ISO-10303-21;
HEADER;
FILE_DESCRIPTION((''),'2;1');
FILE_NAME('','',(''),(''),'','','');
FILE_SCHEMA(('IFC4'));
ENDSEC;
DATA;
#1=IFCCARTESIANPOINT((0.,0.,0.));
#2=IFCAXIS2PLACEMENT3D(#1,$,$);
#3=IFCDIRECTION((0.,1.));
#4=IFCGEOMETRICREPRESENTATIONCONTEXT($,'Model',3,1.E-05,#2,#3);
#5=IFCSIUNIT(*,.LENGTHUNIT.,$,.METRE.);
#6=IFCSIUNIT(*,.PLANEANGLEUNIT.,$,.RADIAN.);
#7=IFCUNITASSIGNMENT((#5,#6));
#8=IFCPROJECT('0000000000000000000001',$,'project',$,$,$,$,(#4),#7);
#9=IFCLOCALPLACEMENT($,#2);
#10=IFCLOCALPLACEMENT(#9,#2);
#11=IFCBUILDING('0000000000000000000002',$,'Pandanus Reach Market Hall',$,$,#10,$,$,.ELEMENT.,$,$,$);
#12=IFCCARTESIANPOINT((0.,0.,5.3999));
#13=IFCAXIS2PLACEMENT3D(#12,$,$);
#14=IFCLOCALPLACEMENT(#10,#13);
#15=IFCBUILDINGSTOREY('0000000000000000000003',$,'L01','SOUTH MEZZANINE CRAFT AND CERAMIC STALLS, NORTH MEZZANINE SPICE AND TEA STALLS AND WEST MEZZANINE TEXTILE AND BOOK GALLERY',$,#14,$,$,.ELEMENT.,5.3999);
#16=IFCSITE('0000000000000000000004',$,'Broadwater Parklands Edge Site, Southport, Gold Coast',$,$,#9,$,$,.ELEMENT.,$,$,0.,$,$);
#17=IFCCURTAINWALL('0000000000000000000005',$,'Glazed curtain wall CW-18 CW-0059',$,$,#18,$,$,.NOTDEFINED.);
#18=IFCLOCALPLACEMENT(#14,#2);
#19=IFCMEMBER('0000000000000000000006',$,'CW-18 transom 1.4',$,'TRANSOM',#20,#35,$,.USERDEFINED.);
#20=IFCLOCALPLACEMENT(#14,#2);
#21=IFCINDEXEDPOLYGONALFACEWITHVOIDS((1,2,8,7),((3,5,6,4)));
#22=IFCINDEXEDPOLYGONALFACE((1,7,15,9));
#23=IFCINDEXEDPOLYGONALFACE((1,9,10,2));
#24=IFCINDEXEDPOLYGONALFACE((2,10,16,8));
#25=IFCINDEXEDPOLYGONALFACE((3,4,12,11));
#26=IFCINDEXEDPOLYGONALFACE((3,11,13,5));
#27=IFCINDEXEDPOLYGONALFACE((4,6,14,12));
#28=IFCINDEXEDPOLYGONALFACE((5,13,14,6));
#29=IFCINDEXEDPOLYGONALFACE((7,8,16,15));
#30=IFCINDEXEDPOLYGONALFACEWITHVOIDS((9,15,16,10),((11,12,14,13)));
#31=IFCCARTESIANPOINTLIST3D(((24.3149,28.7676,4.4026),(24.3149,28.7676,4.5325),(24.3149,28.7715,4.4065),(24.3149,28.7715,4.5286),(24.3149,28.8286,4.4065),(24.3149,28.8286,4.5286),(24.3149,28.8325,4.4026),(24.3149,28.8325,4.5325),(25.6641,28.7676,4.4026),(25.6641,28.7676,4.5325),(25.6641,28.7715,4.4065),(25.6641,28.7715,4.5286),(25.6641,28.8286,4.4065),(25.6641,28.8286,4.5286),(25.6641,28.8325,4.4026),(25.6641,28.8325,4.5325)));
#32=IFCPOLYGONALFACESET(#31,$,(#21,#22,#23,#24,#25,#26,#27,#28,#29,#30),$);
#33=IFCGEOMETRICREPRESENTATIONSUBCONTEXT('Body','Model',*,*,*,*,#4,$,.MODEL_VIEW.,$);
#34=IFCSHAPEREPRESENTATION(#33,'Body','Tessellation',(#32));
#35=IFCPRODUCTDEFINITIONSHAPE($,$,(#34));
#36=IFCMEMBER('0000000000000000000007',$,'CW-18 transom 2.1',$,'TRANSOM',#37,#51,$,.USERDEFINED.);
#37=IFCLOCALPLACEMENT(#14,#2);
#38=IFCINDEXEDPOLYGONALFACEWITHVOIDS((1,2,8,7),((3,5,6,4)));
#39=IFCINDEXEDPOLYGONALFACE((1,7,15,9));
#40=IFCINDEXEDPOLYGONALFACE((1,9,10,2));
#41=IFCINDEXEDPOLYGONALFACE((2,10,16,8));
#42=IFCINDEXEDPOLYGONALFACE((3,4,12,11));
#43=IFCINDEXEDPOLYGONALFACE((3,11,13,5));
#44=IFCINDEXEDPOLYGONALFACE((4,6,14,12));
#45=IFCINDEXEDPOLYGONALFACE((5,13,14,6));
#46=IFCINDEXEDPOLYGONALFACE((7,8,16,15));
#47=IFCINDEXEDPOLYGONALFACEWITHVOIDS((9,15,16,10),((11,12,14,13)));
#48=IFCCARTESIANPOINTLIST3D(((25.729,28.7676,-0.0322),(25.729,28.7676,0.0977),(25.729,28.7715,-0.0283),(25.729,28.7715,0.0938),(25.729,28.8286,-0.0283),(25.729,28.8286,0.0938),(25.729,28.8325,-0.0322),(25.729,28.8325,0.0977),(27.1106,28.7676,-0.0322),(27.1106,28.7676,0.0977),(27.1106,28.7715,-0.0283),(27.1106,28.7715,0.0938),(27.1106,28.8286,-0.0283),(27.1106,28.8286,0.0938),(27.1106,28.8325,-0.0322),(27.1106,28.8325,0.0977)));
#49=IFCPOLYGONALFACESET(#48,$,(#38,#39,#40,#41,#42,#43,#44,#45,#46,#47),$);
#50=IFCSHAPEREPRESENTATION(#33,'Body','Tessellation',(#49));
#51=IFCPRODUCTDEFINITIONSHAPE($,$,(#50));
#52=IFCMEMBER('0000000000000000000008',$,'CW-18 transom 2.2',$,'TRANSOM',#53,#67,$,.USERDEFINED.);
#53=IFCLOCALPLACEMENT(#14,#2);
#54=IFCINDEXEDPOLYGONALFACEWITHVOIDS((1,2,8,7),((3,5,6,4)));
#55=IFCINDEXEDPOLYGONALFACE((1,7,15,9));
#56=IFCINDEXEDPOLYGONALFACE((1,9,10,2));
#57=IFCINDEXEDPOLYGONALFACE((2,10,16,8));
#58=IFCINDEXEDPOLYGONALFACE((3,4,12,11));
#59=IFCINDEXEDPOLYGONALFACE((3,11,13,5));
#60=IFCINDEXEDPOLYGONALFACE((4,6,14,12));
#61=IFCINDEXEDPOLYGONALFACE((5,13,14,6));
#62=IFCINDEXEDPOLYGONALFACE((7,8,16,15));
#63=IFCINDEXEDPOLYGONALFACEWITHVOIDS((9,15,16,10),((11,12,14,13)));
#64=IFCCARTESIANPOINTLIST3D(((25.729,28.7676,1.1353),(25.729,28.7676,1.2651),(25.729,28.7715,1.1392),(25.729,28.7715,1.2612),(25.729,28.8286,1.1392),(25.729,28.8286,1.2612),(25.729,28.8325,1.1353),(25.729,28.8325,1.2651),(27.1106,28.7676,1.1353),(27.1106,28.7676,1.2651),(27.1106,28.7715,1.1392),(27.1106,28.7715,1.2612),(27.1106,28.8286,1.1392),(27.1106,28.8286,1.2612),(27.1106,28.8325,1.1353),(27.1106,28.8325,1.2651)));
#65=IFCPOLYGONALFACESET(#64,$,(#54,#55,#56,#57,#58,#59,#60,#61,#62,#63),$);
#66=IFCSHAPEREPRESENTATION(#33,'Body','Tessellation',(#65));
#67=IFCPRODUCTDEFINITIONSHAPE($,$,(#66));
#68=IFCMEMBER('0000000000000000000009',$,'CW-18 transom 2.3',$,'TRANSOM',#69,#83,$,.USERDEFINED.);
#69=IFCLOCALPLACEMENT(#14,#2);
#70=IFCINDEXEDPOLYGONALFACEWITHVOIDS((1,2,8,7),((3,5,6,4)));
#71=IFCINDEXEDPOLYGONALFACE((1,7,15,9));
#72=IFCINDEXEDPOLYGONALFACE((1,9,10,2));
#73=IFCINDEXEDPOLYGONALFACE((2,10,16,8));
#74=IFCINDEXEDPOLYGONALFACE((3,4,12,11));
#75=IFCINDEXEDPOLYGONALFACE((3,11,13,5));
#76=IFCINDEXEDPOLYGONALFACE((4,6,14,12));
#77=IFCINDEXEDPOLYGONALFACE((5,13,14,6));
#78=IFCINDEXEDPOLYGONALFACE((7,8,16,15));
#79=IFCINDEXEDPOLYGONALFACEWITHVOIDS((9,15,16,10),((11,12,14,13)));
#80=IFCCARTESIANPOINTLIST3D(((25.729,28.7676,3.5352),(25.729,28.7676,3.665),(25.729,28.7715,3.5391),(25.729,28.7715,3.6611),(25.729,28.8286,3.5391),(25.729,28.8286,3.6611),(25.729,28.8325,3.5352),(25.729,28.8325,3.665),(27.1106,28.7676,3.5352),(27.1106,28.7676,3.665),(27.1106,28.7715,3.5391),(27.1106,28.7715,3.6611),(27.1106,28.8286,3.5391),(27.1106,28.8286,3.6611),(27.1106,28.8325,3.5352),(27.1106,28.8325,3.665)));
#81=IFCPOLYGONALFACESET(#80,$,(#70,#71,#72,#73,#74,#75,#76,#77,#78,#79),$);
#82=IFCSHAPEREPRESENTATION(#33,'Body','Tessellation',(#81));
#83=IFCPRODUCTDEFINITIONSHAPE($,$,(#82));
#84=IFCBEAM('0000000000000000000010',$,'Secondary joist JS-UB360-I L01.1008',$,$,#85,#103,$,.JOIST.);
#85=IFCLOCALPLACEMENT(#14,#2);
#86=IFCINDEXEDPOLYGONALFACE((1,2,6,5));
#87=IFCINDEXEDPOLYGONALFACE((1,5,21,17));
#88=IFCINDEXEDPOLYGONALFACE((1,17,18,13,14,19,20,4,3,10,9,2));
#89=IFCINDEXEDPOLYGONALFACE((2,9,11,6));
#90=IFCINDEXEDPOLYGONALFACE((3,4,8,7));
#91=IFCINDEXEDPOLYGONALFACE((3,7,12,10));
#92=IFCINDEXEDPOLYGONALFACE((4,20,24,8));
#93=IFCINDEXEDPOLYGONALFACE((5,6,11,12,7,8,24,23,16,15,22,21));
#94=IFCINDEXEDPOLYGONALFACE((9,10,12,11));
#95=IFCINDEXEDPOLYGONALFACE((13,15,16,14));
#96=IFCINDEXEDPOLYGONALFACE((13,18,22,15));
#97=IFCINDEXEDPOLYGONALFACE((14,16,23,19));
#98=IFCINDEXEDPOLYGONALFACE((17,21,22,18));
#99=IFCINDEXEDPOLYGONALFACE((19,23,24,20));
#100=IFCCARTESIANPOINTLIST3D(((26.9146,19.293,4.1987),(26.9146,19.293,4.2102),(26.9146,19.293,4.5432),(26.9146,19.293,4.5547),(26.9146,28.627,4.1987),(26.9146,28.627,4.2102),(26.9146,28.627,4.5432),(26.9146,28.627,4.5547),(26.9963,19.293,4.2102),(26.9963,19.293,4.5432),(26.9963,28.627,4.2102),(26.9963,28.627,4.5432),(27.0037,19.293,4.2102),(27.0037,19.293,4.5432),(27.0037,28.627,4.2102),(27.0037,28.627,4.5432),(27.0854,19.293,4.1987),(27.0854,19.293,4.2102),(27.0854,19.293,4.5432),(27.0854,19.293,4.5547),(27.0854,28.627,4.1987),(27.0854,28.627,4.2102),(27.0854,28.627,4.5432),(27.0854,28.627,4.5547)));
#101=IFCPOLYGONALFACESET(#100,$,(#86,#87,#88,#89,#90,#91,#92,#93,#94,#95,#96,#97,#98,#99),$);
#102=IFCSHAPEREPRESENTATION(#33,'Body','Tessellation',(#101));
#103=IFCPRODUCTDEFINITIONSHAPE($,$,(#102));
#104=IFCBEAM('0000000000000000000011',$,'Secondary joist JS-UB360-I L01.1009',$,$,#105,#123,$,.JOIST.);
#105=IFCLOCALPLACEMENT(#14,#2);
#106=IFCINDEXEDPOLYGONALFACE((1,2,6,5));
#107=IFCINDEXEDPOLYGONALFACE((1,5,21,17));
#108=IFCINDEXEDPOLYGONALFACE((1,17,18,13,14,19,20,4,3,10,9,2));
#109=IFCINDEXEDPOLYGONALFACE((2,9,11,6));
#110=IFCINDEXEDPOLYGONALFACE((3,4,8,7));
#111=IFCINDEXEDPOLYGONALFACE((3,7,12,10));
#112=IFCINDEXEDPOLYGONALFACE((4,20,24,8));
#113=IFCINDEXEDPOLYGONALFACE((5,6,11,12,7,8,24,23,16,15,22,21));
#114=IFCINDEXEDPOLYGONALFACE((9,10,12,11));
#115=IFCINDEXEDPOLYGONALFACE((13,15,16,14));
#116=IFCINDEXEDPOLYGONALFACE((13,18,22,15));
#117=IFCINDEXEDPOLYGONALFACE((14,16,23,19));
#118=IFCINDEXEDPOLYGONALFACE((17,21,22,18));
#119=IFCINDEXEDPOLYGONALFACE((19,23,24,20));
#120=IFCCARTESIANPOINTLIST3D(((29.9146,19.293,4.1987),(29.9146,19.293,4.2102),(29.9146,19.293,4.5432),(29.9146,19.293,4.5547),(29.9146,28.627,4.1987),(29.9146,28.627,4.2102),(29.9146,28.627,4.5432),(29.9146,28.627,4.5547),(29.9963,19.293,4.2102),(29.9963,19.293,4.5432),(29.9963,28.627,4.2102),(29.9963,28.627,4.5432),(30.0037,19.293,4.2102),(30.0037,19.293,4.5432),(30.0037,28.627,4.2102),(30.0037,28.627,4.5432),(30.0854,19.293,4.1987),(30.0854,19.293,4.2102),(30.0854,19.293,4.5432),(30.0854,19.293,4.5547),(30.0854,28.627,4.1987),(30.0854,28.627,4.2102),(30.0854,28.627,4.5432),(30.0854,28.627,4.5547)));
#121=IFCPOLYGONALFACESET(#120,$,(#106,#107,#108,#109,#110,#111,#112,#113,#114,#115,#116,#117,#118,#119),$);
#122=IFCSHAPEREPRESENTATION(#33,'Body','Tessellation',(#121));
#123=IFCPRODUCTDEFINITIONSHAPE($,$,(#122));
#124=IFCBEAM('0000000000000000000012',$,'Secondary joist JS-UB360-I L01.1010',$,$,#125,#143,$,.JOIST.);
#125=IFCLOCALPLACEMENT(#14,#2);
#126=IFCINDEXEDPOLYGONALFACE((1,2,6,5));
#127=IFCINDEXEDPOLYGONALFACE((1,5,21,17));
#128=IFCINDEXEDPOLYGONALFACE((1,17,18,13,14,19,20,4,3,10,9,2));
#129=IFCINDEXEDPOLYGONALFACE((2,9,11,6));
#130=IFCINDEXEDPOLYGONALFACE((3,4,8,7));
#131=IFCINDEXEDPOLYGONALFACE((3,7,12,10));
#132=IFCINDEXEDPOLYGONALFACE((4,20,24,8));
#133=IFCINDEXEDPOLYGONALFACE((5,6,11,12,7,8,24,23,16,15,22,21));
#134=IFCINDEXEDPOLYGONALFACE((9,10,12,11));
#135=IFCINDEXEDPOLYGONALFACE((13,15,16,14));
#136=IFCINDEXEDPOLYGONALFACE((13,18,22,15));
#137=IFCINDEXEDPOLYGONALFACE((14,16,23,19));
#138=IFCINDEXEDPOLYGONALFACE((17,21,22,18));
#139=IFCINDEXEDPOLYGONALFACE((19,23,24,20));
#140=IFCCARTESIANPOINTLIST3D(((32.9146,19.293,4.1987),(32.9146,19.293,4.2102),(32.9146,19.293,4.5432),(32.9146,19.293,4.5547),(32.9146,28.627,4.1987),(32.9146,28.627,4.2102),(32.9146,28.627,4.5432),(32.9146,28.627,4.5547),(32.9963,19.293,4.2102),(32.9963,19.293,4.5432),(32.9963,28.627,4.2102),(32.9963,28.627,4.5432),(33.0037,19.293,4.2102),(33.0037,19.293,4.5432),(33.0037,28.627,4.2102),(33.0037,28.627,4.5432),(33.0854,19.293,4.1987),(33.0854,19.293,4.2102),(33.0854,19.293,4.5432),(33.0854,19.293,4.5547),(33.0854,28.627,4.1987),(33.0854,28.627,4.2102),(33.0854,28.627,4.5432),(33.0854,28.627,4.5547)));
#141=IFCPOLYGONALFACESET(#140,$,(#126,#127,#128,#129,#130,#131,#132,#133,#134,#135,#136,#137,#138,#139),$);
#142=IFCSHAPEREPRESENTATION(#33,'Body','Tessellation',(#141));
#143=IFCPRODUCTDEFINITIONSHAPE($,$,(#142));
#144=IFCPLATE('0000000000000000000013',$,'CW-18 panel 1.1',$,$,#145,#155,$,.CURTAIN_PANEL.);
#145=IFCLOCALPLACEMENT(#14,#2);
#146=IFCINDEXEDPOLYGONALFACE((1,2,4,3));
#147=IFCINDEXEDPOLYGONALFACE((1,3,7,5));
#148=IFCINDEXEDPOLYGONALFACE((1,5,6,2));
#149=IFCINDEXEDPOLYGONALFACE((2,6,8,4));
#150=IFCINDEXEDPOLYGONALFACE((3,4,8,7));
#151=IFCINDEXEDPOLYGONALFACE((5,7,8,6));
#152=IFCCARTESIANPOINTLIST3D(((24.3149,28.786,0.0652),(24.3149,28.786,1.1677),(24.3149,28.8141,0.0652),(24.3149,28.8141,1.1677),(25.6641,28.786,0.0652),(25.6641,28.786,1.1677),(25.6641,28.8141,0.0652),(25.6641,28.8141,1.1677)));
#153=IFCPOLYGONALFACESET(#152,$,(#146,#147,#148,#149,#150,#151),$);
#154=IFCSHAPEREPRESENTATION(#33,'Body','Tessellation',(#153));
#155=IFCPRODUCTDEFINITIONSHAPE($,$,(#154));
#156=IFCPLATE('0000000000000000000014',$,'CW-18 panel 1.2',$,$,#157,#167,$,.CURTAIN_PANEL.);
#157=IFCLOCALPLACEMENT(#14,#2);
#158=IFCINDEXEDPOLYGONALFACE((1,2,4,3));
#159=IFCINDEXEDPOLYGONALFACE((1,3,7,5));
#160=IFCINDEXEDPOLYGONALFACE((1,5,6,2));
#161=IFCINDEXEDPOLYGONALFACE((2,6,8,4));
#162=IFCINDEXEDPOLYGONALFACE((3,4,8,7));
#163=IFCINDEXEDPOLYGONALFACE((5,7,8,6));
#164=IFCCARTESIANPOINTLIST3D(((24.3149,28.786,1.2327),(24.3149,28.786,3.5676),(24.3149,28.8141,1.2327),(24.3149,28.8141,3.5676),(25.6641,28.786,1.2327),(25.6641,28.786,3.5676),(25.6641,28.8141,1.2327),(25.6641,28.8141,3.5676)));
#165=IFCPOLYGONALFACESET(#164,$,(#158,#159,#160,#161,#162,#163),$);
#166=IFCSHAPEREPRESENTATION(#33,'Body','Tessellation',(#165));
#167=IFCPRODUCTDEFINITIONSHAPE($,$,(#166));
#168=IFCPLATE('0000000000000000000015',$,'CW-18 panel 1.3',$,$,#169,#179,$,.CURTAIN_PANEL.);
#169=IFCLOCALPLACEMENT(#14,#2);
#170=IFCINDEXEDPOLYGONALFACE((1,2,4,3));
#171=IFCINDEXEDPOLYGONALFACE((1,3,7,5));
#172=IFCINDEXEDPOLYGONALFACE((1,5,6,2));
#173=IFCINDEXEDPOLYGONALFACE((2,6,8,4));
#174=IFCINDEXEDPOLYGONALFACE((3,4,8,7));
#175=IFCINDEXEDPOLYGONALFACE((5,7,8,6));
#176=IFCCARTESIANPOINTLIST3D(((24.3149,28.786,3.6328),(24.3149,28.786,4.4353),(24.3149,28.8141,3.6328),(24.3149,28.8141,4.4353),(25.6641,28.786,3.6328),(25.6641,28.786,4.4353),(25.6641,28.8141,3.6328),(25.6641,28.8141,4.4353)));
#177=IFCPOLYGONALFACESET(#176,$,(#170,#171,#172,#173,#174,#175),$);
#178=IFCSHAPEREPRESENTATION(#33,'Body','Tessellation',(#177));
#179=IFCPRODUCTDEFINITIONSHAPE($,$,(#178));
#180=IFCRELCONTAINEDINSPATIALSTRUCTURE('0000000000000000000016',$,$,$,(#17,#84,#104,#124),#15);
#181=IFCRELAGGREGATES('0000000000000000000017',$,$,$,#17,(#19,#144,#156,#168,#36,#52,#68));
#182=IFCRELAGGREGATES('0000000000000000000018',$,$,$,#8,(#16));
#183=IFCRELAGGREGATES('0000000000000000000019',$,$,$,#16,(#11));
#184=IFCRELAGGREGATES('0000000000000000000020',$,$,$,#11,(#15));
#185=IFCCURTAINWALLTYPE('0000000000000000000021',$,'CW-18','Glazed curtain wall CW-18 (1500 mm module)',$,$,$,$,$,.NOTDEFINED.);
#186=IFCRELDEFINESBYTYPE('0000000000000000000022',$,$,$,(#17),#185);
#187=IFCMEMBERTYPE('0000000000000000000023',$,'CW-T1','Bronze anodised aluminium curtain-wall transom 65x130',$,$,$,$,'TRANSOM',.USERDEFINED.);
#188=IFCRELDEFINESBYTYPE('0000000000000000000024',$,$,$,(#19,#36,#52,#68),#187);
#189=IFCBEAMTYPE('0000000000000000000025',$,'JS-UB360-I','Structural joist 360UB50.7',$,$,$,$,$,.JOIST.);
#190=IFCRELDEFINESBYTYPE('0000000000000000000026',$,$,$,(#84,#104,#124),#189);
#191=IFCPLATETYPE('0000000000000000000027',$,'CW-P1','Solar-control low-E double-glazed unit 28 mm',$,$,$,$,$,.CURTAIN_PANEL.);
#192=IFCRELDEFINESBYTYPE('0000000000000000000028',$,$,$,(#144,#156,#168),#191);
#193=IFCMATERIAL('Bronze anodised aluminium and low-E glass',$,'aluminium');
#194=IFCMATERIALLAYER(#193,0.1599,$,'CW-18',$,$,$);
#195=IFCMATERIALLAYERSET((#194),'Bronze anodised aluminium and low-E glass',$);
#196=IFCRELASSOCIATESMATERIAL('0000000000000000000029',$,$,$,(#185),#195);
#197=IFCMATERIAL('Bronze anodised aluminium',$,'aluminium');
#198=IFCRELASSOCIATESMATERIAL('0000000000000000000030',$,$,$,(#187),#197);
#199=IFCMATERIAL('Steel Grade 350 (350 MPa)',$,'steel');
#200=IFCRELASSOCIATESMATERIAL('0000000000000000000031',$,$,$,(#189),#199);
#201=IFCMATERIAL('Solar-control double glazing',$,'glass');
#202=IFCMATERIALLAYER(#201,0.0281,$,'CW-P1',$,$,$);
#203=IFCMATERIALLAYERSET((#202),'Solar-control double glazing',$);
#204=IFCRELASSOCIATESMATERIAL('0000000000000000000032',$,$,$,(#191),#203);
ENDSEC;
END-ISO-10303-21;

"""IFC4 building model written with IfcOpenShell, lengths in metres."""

from ifc_helpers import new_model, si_unit, direction, frame, origin, origin_2d, place, context, subcontext, project, spatial, rectangle, hollow_rectangle, i_section, extrude, material, layer, layer_set, material_profile, profile_set, type_object, element, aggregate, save


model = new_model("IFC4")

# Units and contexts
model_context = context("Model", 3, precision=1e-05, world=origin(), true_north=direction((0.0, 1.0)))
body_context = subcontext(model_context, "Body", "Model", "MODEL_VIEW")
ifc_project = project(units=[si_unit("LENGTHUNIT", "METRE"), si_unit("PLANEANGLEUNIT", "RADIAN")], contexts=[model_context])

# Site, building, storey
site_placement = place(None, origin())
site = spatial("IfcSite", under=ifc_project, at=site_placement, Name="Broadwater Parklands Edge Site, Southport, Gold Coast", CompositionType="ELEMENT", RefElevation=0.0)
building_placement = place(site_placement, origin())
building = spatial("IfcBuilding", under=site, at=building_placement, Name="Pandanus Reach Market Hall", CompositionType="ELEMENT")
storey_placement = place(building_placement, frame((0.0, 0.0, 5.3999)))
storey = spatial("IfcBuildingStorey", under=building, at=storey_placement, Name="L01", Description="SOUTH MEZZANINE CRAFT AND CERAMIC STALLS, NORTH MEZZANINE SPICE AND TEA STALLS AND WEST MEZZANINE TEXTILE AND BOOK GALLERY", CompositionType="ELEMENT", Elevation=5.3999)

# Shared definitions
ifc_material_1 = material(Name="Steel Grade 350 (350 MPa)", Category="steel")

# Curtain wall, members
ifc_material_2 = material(Name="Bronze anodised aluminium and low-E glass", Category="aluminium")
ifc_layer_1 = layer(ifc_material_2, 0.1599, Name="CW-18")
ifc_layer_set_1 = layer_set([ifc_layer_1], Name="Bronze anodised aluminium and low-E glass")
curtain_wall_type = type_object("IfcCurtainWallType", Name="CW-18", Description="Glazed curtain wall CW-18 (1500 mm module)", PredefinedType="NOTDEFINED", material=ifc_layer_set_1)
curtain_wall_placement = place(storey_placement, origin())
curtain_wall = element("IfcCurtainWall", 1, at=curtain_wall_placement, inside=storey, type_object=curtain_wall_type, Name="Glazed curtain wall CW-18 CW-0059", PredefinedType="NOTDEFINED")
ifc_material_3 = material(Name="Bronze anodised aluminium", Category="aluminium")
ifc_material_profile_1 = material_profile(ifc_material_3, hollow_rectangle(XDim=0.0649, YDim=0.1299, WallThickness=0.0039, at=origin_2d()), Name="ALU65x130", Category="LoadBearing")
ifc_profile_set_1 = profile_set([ifc_material_profile_1], Name="Bronze anodised aluminium")
member_type_1 = type_object("IfcMemberType", Name="CW-T1", Description="Bronze anodised aluminium curtain-wall transom 65x130", ElementType="TRANSOM", PredefinedType="USERDEFINED", material=ifc_profile_set_1)
member_1_placement = place(storey_placement, frame((24.3149, 28.8, 4.4675), z_axis=(1.0, 0.0, 0.0), x_axis=(0.0, 1.0, 0.0)))
member_1 = element("IfcMember", 2, at=member_1_placement, type_object=member_type_1, Name="CW-18 transom 1.4", ObjectType="TRANSOM", PredefinedType="USERDEFINED", context=body_context, shape_type="SweptSolid", body=[
    extrude(hollow_rectangle(XDim=0.0649, YDim=0.1299, WallThickness=0.0039, at=origin_2d()), origin(), (0.0, 0.0, 1.0), 1.3491),
])
member_2_placement = place(storey_placement, frame((25.729, 28.8, 0.0327), z_axis=(1.0, 0.0, 0.0), x_axis=(0.0, 1.0, 0.0)))
member_2 = element("IfcMember", 3, at=member_2_placement, type_object=member_type_1, Name="CW-18 transom 2.1", ObjectType="TRANSOM", PredefinedType="USERDEFINED", context=body_context, shape_type="SweptSolid", body=[
    extrude(hollow_rectangle(XDim=0.0649, YDim=0.1299, WallThickness=0.0039, at=origin_2d()), origin(), (0.0, 0.0, 1.0), 1.3816),
])
member_3_placement = place(storey_placement, frame((25.729, 28.8, 1.2002), z_axis=(1.0, 0.0, 0.0), x_axis=(0.0, 1.0, 0.0)))
member_3 = element("IfcMember", 4, at=member_3_placement, type_object=member_type_1, Name="CW-18 transom 2.2", ObjectType="TRANSOM", PredefinedType="USERDEFINED", context=body_context, shape_type="SweptSolid", body=[
    extrude(hollow_rectangle(XDim=0.0649, YDim=0.1299, WallThickness=0.0039, at=origin_2d()), origin(), (0.0, 0.0, 1.0), 1.3816),
])
member_4_placement = place(storey_placement, frame((25.729, 28.8, 3.6001), z_axis=(1.0, 0.0, 0.0), x_axis=(0.0, 1.0, 0.0)))
member_4 = element("IfcMember", 5, at=member_4_placement, type_object=member_type_1, Name="CW-18 transom 2.3", ObjectType="TRANSOM", PredefinedType="USERDEFINED", context=body_context, shape_type="SweptSolid", body=[
    extrude(hollow_rectangle(XDim=0.0649, YDim=0.1299, WallThickness=0.0039, at=origin_2d()), origin(), (0.0, 0.0, 1.0), 1.3816),
])

# Beams
ifc_material_profile_2 = material_profile(ifc_material_1, i_section(OverallWidth=0.1709, OverallDepth=0.356, WebThickness=0.0073, FlangeThickness=0.0115, at=origin_2d()), Name="360UB50.7", Category="LoadBearing")
ifc_profile_set_2 = profile_set([ifc_material_profile_2], Name="Steel Grade 350 (350 MPa)")
beam_type_1 = type_object("IfcBeamType", Name="JS-UB360-I", Description="Structural joist 360UB50.7", PredefinedType="JOIST", material=ifc_profile_set_2)
for number, where, z_axis, x_axis, name in (
    (6, (27.0, 19.293, 4.3767), (0.0, 1.0, 0.0), (-1.0, 0.0, 0.0), "Secondary joist JS-UB360-I L01.1008"),
    (7, (30.0, 19.293, 4.3767), (0.0, 1.0, 0.0), (-1.0, 0.0, 0.0), "Secondary joist JS-UB360-I L01.1009"),
    (8, (33.0, 19.293, 4.3767), (0.0, 1.0, 0.0), (-1.0, 0.0, 0.0), "Secondary joist JS-UB360-I L01.1010"),
):
    element("IfcBeam", number, at=place(storey_placement, frame(where, z_axis=z_axis, x_axis=x_axis)), inside=storey, type_object=beam_type_1, Name=name, PredefinedType="JOIST", context=body_context, shape_type="SweptSolid", body=[
        extrude(i_section(OverallWidth=0.1709, OverallDepth=0.356, WebThickness=0.0073, FlangeThickness=0.0115, at=origin_2d()), origin(), (0.0, 0.0, 1.0), 9.334),
    ])

# Plates
ifc_material_4 = material(Name="Solar-control double glazing", Category="glass")
ifc_layer_2 = layer(ifc_material_4, 0.0281, Name="CW-P1")
ifc_layer_set_2 = layer_set([ifc_layer_2], Name="Solar-control double glazing")
plate_type = type_object("IfcPlateType", Name="CW-P1", Description="Solar-control low-E double-glazed unit 28 mm", PredefinedType="CURTAIN_PANEL", material=ifc_layer_set_2)
plate_1_placement = place(storey_placement, frame((24.9895, 28.8, 0.0652), z_axis=(0.0, 0.0, 1.0), x_axis=(1.0, 0.0, 0.0)))
plate_1 = element("IfcPlate", 9, at=plate_1_placement, type_object=plate_type, Name="CW-18 panel 1.1", PredefinedType="CURTAIN_PANEL", context=body_context, shape_type="SweptSolid", body=[
    extrude(rectangle(XDim=1.3491, YDim=0.0281, at=origin_2d()), origin(), (0.0, 0.0, 1.0), 1.1025),
])
plate_2_placement = place(storey_placement, frame((24.9895, 28.8, 1.2327), z_axis=(0.0, 0.0, 1.0), x_axis=(1.0, 0.0, 0.0)))
plate_2 = element("IfcPlate", 10, at=plate_2_placement, type_object=plate_type, Name="CW-18 panel 1.2", PredefinedType="CURTAIN_PANEL", context=body_context, shape_type="SweptSolid", body=[
    extrude(rectangle(XDim=1.3491, YDim=0.0281, at=origin_2d()), origin(), (0.0, 0.0, 1.0), 2.335),
])
plate_3_placement = place(storey_placement, frame((24.9895, 28.8, 3.6328), z_axis=(0.0, 0.0, 1.0), x_axis=(1.0, 0.0, 0.0)))
plate_3 = element("IfcPlate", 11, at=plate_3_placement, type_object=plate_type, Name="CW-18 panel 1.3", PredefinedType="CURTAIN_PANEL", context=body_context, shape_type="SweptSolid", body=[
    extrude(rectangle(XDim=1.3491, YDim=0.0281, at=origin_2d()), origin(), (0.0, 0.0, 1.0), 0.8025),
])
aggregate(curtain_wall, [member_1, plate_1, plate_2, plate_3, member_2, member_3, member_4])

save(model, "model.ifc")
